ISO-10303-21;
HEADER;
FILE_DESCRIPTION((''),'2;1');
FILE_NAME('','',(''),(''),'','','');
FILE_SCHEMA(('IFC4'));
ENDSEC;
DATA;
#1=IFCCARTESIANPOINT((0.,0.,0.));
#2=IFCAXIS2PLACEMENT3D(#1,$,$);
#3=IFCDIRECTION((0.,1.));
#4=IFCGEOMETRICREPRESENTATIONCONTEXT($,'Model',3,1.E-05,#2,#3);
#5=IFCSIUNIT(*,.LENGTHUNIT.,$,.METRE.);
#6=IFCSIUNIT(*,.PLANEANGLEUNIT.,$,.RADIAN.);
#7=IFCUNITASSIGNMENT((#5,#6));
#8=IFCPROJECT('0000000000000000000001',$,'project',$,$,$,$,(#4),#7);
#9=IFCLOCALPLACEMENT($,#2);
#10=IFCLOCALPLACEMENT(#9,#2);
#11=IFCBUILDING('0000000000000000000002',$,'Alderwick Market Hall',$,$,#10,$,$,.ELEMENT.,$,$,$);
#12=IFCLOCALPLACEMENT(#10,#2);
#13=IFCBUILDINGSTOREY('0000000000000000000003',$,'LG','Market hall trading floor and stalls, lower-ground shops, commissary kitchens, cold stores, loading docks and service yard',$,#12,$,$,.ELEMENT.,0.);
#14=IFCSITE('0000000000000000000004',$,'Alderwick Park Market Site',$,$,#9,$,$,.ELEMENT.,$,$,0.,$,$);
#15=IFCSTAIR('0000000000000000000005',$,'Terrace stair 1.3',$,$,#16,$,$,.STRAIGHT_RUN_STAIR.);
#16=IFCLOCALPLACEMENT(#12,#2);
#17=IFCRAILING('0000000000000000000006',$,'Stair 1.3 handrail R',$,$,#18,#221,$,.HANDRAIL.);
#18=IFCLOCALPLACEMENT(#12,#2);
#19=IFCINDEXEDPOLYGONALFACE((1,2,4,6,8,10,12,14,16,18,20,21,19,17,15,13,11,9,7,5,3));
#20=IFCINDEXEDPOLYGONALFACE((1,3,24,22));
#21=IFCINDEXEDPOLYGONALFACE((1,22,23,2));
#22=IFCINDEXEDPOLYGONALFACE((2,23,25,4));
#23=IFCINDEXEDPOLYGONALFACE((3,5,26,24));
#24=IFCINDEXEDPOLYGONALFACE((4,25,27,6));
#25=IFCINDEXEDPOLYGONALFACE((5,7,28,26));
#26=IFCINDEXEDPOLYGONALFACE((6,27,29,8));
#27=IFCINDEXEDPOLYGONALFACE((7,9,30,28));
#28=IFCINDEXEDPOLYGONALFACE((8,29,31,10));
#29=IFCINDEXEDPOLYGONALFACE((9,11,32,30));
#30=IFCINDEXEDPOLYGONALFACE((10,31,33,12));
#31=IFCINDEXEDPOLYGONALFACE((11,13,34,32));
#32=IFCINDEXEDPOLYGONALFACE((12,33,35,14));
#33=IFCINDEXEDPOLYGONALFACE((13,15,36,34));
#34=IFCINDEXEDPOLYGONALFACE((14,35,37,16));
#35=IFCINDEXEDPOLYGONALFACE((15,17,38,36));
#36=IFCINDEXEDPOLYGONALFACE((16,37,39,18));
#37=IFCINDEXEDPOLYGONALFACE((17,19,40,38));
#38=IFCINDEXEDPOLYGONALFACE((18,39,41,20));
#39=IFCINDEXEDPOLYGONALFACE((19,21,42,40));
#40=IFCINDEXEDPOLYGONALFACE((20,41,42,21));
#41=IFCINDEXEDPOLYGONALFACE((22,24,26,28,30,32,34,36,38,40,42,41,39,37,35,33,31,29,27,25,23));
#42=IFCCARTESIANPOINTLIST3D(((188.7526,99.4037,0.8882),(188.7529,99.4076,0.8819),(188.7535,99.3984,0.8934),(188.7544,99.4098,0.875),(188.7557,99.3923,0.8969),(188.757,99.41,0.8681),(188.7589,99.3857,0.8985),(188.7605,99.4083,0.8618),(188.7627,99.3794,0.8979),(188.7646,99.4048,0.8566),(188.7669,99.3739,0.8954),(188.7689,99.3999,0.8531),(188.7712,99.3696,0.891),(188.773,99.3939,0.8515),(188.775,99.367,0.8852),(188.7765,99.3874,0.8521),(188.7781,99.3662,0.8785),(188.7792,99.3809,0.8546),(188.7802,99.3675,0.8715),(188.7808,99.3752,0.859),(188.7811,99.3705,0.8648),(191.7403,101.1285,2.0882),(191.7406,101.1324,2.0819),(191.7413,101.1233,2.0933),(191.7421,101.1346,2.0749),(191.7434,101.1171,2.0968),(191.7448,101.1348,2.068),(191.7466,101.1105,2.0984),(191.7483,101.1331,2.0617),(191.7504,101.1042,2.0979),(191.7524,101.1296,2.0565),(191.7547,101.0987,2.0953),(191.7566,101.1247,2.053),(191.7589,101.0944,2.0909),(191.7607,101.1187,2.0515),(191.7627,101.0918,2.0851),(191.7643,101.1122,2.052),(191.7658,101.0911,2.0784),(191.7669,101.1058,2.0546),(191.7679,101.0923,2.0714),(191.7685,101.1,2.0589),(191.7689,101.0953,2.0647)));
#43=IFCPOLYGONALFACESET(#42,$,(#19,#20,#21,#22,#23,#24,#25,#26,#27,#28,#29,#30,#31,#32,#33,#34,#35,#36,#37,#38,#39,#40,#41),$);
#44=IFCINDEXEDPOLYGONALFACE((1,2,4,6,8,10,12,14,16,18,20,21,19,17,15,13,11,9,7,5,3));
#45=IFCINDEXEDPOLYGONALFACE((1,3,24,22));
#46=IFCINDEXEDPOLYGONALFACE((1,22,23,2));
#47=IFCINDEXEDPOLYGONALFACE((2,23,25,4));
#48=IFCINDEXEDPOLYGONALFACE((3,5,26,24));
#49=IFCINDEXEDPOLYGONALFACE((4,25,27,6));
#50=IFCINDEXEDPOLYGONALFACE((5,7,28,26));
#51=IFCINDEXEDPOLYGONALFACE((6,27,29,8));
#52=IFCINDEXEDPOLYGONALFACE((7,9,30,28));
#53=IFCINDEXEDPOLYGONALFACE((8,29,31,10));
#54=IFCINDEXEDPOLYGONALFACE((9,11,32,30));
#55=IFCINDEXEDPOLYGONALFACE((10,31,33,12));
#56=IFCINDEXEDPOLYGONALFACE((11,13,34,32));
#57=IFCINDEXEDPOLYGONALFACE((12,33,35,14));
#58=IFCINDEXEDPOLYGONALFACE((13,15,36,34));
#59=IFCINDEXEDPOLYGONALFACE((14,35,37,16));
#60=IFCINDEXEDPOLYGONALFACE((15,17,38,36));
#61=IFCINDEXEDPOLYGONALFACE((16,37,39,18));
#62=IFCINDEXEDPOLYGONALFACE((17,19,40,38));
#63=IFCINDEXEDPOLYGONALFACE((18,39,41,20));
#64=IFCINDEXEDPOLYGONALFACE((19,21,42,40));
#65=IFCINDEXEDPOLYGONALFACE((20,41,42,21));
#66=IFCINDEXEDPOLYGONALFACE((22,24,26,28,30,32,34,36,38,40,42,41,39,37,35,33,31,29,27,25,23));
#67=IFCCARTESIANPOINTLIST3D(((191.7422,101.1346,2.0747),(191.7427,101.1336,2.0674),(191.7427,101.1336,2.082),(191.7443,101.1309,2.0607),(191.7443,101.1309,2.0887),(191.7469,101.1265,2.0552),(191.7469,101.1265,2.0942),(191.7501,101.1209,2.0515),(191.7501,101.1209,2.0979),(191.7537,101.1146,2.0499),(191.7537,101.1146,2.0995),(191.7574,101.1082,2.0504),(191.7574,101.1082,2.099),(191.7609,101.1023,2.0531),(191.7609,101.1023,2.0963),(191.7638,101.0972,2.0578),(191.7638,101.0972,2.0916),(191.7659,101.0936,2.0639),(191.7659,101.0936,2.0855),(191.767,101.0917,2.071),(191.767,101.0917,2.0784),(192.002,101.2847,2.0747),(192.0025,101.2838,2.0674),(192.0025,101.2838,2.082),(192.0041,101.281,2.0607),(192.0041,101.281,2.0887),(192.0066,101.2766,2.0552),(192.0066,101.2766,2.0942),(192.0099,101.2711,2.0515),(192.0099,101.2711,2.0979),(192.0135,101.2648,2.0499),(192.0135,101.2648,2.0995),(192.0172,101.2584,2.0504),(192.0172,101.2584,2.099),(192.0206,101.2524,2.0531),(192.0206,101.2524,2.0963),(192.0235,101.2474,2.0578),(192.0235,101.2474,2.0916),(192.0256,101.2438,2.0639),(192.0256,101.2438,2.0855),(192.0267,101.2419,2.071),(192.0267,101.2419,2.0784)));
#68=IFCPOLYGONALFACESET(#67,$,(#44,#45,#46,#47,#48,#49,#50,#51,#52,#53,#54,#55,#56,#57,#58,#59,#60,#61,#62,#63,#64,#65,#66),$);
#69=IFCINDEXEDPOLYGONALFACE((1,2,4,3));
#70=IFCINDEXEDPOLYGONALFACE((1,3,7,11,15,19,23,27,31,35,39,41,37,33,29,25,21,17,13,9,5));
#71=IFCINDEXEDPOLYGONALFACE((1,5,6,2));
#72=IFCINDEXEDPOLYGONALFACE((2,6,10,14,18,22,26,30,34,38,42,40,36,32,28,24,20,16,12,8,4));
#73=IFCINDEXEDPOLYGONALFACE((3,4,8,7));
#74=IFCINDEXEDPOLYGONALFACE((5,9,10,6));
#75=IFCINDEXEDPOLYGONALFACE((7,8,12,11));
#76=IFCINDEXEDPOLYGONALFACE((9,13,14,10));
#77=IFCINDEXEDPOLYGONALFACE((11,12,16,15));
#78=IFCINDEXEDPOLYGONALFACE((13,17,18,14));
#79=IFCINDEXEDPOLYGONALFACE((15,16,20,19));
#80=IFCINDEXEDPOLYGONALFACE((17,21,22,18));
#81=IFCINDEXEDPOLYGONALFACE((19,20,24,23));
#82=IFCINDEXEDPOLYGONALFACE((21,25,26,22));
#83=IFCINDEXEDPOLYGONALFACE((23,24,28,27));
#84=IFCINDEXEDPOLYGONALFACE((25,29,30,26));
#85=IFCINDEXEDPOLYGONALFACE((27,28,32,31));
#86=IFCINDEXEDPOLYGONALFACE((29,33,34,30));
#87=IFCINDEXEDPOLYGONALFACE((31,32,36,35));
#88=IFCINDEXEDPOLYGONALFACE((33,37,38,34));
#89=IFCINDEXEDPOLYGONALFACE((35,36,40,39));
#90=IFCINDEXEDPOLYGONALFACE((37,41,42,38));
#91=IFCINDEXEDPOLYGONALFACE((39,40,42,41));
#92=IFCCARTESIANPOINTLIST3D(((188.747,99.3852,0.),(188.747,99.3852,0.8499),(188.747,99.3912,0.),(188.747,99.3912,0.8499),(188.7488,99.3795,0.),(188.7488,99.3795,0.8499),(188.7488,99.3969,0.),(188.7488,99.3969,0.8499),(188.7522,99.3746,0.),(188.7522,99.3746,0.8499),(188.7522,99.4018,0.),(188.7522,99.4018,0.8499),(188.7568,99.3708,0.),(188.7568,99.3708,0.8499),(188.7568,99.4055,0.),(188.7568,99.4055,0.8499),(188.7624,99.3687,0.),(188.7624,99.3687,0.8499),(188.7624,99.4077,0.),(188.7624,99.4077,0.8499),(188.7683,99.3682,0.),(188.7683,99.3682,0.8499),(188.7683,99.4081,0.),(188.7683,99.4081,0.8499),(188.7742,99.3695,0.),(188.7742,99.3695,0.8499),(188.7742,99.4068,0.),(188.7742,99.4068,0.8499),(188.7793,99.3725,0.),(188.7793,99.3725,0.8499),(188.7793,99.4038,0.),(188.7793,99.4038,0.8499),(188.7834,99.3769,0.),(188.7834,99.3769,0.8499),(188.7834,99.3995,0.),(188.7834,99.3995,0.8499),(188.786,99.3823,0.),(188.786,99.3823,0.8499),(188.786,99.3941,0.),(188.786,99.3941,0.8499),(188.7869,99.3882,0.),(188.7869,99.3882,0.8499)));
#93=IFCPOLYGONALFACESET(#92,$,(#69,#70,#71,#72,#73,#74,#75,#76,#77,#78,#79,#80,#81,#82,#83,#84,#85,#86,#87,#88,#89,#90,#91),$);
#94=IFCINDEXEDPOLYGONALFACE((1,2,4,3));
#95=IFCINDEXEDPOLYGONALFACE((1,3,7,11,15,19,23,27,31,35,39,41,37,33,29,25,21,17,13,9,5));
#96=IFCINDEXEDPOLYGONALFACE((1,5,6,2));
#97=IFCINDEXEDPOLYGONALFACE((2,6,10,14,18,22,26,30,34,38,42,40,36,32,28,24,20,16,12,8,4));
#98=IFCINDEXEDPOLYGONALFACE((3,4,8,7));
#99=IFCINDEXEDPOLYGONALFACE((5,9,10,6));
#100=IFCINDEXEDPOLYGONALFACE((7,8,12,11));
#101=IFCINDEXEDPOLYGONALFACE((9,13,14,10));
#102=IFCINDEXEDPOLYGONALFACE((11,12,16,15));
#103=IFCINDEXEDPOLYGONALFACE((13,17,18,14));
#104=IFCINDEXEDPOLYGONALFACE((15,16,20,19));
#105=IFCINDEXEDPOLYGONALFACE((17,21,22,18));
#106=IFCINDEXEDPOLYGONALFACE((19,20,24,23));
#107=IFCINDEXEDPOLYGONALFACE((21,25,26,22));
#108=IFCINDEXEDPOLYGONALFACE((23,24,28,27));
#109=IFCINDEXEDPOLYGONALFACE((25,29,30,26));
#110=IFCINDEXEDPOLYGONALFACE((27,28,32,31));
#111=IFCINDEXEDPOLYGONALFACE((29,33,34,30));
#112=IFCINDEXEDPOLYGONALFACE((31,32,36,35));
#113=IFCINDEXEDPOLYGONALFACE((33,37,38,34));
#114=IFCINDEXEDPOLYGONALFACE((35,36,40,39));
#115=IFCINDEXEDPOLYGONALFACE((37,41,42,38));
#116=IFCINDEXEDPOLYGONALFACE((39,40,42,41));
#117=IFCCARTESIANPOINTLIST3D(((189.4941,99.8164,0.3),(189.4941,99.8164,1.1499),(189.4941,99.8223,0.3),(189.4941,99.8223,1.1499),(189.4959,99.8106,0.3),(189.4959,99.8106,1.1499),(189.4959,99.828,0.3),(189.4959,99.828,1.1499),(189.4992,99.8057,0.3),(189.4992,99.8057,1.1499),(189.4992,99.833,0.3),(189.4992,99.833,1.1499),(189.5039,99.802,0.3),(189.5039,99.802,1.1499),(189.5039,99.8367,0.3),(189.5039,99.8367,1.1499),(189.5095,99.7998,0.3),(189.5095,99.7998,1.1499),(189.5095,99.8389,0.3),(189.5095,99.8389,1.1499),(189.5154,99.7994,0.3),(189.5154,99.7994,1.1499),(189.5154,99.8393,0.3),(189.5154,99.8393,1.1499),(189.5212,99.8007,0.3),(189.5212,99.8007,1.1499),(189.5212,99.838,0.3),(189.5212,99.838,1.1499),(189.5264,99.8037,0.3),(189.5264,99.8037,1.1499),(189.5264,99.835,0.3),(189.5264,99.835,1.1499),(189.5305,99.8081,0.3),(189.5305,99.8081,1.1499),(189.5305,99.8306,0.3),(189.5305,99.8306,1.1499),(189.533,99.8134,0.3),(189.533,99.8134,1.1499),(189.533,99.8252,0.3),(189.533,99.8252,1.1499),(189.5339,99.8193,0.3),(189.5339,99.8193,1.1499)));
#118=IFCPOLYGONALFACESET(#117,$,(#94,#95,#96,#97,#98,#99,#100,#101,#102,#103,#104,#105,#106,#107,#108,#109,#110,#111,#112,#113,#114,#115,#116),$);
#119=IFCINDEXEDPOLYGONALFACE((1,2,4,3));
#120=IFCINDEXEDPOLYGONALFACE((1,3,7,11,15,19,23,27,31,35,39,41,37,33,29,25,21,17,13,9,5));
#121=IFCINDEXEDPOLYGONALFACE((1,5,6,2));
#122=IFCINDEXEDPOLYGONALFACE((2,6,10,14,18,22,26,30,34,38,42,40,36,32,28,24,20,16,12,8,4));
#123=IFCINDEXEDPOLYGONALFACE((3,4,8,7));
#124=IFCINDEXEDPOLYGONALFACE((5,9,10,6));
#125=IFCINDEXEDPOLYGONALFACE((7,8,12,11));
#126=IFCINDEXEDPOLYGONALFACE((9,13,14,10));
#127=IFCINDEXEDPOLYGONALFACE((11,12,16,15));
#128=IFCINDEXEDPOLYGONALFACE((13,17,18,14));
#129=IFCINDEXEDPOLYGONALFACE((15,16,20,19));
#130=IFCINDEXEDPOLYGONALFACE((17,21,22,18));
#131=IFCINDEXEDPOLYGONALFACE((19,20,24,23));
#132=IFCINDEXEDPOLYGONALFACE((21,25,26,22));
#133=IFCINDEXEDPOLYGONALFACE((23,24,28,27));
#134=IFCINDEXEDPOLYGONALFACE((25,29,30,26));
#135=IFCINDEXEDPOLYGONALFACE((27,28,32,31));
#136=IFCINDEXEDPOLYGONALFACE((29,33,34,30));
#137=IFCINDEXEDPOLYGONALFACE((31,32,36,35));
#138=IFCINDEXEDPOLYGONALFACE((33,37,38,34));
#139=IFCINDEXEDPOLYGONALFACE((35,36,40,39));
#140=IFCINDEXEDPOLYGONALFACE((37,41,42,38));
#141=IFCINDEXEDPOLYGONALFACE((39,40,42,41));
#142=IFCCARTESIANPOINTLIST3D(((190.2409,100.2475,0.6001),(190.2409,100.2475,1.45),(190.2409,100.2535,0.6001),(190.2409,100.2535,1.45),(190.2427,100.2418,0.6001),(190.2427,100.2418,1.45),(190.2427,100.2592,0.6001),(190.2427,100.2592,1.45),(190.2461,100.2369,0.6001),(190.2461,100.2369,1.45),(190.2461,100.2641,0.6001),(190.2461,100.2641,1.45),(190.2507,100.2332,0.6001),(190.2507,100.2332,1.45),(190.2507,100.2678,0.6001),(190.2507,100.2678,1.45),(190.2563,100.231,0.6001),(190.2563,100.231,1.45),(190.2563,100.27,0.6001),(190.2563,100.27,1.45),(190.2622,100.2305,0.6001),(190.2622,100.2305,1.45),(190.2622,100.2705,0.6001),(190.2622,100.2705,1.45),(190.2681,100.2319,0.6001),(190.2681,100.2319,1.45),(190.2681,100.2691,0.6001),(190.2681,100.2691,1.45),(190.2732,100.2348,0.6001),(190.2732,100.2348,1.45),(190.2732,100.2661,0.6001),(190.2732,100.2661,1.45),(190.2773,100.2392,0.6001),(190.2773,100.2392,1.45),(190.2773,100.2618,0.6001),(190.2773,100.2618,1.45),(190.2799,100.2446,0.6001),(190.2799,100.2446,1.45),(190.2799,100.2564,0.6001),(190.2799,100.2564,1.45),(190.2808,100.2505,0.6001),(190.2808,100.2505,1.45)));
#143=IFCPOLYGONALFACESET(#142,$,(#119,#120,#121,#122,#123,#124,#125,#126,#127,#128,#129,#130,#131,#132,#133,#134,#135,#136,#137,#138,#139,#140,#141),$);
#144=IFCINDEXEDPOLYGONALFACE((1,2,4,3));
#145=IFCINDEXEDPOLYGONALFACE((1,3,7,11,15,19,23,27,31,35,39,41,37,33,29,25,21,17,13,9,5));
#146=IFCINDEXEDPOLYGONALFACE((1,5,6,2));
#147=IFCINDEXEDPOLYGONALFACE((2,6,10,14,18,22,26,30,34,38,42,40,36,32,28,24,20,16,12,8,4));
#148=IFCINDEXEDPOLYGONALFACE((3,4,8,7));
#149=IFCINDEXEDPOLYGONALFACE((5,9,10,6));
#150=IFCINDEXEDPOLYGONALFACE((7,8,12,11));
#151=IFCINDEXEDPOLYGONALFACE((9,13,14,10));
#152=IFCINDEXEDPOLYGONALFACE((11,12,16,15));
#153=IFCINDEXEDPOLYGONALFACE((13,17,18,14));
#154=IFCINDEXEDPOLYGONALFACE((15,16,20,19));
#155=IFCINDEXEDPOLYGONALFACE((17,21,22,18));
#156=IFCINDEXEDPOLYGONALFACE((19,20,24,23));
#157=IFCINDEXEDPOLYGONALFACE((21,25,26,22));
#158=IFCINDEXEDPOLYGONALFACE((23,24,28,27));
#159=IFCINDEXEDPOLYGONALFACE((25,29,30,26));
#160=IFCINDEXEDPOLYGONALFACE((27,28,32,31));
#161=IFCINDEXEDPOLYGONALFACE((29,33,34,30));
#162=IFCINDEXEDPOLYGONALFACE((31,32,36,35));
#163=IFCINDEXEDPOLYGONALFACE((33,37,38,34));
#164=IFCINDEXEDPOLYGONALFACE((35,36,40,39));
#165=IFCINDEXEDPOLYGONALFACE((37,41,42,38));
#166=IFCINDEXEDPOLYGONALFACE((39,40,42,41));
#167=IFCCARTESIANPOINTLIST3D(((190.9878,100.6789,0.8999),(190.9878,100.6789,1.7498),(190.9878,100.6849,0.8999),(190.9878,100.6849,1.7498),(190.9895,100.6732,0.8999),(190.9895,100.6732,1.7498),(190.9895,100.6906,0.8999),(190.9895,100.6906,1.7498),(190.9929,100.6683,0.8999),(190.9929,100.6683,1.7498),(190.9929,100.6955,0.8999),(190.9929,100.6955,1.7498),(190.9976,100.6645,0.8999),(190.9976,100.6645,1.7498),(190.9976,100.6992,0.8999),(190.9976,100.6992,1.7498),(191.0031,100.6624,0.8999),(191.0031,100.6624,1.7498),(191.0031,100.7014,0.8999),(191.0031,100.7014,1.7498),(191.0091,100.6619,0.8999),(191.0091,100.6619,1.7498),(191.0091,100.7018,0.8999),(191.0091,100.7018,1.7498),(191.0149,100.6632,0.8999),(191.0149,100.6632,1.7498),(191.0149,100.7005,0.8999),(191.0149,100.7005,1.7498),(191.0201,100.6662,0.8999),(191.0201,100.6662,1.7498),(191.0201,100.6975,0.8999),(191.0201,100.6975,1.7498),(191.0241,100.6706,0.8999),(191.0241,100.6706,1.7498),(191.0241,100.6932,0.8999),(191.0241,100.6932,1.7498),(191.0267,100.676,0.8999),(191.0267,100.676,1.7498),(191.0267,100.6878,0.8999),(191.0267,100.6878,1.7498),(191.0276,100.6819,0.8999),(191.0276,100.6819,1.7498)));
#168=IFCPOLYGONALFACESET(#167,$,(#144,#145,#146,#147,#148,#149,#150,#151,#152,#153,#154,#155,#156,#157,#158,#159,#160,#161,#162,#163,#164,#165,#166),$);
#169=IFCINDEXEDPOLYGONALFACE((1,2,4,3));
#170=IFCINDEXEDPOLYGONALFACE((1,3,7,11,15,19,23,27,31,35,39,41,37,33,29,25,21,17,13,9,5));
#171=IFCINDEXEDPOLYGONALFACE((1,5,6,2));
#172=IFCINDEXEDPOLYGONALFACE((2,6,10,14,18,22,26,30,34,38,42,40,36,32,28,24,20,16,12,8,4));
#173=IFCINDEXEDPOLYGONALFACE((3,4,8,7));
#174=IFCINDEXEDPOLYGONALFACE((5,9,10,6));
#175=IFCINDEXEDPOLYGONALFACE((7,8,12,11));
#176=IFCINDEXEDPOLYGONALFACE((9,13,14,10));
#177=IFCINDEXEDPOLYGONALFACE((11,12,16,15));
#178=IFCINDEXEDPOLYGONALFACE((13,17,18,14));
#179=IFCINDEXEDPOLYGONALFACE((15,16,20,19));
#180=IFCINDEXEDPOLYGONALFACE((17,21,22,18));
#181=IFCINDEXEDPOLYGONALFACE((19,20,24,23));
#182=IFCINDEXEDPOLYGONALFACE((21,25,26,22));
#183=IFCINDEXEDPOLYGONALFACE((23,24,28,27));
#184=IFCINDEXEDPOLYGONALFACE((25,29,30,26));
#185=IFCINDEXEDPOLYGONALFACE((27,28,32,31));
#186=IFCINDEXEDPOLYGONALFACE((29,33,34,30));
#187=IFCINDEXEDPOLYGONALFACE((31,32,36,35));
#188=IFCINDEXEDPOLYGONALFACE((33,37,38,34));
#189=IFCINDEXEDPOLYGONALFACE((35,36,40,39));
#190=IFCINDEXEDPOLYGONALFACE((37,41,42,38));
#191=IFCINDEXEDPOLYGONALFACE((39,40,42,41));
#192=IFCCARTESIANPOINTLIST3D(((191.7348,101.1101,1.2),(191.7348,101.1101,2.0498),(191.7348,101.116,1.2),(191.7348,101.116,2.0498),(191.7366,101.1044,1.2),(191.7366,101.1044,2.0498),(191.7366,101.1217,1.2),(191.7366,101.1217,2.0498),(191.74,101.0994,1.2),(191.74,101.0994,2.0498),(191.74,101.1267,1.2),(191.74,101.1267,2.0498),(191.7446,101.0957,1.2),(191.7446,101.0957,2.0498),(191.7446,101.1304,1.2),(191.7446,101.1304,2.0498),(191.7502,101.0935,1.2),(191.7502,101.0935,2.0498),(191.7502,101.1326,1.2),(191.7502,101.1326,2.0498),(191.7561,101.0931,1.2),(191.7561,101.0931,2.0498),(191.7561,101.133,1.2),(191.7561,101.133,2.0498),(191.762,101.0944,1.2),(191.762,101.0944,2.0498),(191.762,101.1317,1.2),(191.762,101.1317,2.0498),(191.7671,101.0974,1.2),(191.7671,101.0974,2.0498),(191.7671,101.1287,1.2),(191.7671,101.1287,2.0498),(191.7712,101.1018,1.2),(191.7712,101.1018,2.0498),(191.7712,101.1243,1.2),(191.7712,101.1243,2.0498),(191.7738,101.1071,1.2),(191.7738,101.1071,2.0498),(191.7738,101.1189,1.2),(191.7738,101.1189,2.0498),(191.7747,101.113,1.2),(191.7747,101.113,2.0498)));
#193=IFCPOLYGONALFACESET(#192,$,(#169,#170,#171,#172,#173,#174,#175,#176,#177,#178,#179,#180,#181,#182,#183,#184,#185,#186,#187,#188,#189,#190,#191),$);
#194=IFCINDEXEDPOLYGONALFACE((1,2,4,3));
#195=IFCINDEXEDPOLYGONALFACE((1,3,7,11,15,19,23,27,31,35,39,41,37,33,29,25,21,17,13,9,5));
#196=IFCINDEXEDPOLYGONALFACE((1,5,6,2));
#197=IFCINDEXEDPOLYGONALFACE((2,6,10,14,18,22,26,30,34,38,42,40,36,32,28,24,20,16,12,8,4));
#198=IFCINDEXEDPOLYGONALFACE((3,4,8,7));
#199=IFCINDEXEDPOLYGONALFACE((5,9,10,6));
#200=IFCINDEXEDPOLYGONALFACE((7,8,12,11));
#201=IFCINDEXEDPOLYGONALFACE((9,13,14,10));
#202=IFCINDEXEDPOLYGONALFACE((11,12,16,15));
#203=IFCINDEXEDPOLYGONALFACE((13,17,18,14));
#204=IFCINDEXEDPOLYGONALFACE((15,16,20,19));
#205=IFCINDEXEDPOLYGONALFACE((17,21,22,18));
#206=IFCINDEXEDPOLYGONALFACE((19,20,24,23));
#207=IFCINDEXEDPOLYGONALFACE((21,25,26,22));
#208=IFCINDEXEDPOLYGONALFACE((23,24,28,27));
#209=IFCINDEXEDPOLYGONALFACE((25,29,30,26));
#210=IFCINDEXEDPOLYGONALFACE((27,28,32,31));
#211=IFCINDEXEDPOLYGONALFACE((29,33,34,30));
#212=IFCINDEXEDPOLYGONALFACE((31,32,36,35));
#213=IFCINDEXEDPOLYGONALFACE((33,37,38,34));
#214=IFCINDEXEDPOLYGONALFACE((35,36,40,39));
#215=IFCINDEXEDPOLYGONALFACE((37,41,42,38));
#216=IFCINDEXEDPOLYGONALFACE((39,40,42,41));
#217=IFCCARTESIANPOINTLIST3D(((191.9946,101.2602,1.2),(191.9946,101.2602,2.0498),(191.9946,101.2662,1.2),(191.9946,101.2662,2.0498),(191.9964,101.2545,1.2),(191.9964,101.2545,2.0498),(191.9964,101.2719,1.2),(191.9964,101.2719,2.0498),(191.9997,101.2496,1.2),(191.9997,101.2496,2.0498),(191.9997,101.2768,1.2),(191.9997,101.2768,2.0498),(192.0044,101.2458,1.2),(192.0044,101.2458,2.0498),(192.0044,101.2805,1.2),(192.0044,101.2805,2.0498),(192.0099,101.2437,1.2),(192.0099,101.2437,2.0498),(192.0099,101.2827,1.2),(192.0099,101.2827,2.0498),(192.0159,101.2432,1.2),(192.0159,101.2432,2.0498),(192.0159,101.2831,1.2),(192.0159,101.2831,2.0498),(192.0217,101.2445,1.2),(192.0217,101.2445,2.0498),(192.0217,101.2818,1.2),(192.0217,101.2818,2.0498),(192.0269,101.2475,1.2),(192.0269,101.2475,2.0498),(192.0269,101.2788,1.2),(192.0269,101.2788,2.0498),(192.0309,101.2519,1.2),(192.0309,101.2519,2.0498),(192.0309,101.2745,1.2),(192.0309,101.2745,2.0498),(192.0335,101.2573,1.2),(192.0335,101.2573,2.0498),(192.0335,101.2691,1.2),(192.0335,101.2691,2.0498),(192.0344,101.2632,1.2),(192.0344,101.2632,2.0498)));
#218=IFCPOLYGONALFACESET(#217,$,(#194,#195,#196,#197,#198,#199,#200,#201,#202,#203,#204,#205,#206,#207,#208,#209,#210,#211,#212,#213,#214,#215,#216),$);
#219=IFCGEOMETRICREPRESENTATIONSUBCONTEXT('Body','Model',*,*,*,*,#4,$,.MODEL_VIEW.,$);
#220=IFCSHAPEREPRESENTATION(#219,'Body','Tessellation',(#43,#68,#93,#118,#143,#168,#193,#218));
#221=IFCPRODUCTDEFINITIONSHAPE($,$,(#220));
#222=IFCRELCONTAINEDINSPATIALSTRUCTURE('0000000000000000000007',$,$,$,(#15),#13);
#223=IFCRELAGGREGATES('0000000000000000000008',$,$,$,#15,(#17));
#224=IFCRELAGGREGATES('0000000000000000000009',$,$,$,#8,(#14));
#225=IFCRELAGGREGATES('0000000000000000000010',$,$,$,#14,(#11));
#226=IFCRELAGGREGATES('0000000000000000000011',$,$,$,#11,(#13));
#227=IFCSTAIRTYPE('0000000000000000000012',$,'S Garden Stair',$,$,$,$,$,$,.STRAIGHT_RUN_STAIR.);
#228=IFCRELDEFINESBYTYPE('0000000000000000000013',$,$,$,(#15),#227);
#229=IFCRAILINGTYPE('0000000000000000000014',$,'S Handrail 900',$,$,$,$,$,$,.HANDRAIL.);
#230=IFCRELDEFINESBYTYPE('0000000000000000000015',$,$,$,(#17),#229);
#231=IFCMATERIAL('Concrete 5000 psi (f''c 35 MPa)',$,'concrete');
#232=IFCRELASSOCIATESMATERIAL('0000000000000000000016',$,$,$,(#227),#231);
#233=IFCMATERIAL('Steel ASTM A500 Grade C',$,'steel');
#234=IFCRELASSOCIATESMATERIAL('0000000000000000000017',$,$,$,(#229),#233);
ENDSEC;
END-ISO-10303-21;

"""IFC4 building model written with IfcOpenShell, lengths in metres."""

from ifc_helpers import new_model, si_unit, direction, frame, origin, origin_2d, place, context, subcontext, project, spatial, circle, extrude, material, type_object, element, aggregate, save


model = new_model("IFC4")

# Units and contexts
model_context = context("Model", 3, precision=1e-05, world=origin(), true_north=direction((0.0, 1.0)))
body_context = subcontext(model_context, "Body", "Model", "MODEL_VIEW")
ifc_project = project(units=[si_unit("LENGTHUNIT", "METRE"), si_unit("PLANEANGLEUNIT", "RADIAN")], contexts=[model_context])

# Site, building, storey
site_placement = place(None, origin())
site = spatial("IfcSite", under=ifc_project, at=site_placement, Name="Alderwick Park Market Site", CompositionType="ELEMENT", RefElevation=0.0)
building_placement = place(site_placement, origin())
building = spatial("IfcBuilding", under=site, at=building_placement, Name="Alderwick Market Hall", CompositionType="ELEMENT")
storey_placement = place(building_placement, origin())
storey = spatial("IfcBuildingStorey", under=building, at=storey_placement, Name="LG", Description="Market hall trading floor and stalls, lower-ground shops, commissary kitchens, cold stores, loading docks and service yard", CompositionType="ELEMENT", Elevation=0.0)

# Shared definitions
ifc_material_1 = material(Name="Concrete 5000 psi (f'c 35 MPa)", Category="concrete")

# Stair
stair_type = type_object("IfcStairType", Name="S Garden Stair", PredefinedType="STRAIGHT_RUN_STAIR", material=ifc_material_1)
stair_1_placement = place(storey_placement, origin())
stair_1 = element("IfcStair", 1, at=stair_1_placement, inside=storey, type_object=stair_type, Name="Terrace stair 1.3", PredefinedType="STRAIGHT_RUN_STAIR")

# Shared definitions
ifc_material_2 = material(Name="Steel ASTM A500 Grade C", Category="steel")

# Railing
railing_type_1 = type_object("IfcRailingType", Name="S Handrail 900", PredefinedType="HANDRAIL", material=ifc_material_2)
railing_1_placement = place(storey_placement, frame((188.7668, 99.3882, 0.0)))
railing_1 = element("IfcRailing", 2, at=railing_1_placement, type_object=railing_type_1, Name="Stair 1.3 handrail R", PredefinedType="HANDRAIL", context=body_context, shape_type="SweptSolid", body=[
    extrude(circle(Radius=0.0249, at=origin_2d()), frame((0.0, 0.0, 0.875), z_axis=(0.817978, 0.472219, 0.328515), x_axis=(-0.499967, 0.866044, 0.0)), (0.0, 0.0, 1.0), 3.6526),
    extrude(circle(Radius=0.0249, at=origin_2d()), frame((2.9878, 1.7249, 2.0747), z_axis=(0.865779, 0.500427, 0.0), x_axis=(-0.500427, 0.865779, 0.0)), (0.0, 0.0, 1.0), 0.3),
    extrude(circle(Radius=0.02, at=origin_2d()), origin(), (0.0, 0.0, 1.0), 0.8499),
    extrude(circle(Radius=0.02, at=origin_2d()), frame((0.7471, 0.4312, 0.3)), (0.0, 0.0, 1.0), 0.8499),
    extrude(circle(Radius=0.02, at=origin_2d()), frame((1.4939, 0.8623, 0.6001)), (0.0, 0.0, 1.0), 0.8499),
    extrude(circle(Radius=0.02, at=origin_2d()), frame((2.2407, 1.2937, 0.8999)), (0.0, 0.0, 1.0), 0.8499),
    extrude(circle(Radius=0.02, at=origin_2d()), frame((2.9878, 1.7249, 1.2)), (0.0, 0.0, 1.0), 0.8499),
    extrude(circle(Radius=0.02, at=origin_2d()), frame((3.2476, 1.875, 1.2)), (0.0, 0.0, 1.0), 0.8499),
])
aggregate(stair_1, [railing_1])

save(model, "model.ifc")
